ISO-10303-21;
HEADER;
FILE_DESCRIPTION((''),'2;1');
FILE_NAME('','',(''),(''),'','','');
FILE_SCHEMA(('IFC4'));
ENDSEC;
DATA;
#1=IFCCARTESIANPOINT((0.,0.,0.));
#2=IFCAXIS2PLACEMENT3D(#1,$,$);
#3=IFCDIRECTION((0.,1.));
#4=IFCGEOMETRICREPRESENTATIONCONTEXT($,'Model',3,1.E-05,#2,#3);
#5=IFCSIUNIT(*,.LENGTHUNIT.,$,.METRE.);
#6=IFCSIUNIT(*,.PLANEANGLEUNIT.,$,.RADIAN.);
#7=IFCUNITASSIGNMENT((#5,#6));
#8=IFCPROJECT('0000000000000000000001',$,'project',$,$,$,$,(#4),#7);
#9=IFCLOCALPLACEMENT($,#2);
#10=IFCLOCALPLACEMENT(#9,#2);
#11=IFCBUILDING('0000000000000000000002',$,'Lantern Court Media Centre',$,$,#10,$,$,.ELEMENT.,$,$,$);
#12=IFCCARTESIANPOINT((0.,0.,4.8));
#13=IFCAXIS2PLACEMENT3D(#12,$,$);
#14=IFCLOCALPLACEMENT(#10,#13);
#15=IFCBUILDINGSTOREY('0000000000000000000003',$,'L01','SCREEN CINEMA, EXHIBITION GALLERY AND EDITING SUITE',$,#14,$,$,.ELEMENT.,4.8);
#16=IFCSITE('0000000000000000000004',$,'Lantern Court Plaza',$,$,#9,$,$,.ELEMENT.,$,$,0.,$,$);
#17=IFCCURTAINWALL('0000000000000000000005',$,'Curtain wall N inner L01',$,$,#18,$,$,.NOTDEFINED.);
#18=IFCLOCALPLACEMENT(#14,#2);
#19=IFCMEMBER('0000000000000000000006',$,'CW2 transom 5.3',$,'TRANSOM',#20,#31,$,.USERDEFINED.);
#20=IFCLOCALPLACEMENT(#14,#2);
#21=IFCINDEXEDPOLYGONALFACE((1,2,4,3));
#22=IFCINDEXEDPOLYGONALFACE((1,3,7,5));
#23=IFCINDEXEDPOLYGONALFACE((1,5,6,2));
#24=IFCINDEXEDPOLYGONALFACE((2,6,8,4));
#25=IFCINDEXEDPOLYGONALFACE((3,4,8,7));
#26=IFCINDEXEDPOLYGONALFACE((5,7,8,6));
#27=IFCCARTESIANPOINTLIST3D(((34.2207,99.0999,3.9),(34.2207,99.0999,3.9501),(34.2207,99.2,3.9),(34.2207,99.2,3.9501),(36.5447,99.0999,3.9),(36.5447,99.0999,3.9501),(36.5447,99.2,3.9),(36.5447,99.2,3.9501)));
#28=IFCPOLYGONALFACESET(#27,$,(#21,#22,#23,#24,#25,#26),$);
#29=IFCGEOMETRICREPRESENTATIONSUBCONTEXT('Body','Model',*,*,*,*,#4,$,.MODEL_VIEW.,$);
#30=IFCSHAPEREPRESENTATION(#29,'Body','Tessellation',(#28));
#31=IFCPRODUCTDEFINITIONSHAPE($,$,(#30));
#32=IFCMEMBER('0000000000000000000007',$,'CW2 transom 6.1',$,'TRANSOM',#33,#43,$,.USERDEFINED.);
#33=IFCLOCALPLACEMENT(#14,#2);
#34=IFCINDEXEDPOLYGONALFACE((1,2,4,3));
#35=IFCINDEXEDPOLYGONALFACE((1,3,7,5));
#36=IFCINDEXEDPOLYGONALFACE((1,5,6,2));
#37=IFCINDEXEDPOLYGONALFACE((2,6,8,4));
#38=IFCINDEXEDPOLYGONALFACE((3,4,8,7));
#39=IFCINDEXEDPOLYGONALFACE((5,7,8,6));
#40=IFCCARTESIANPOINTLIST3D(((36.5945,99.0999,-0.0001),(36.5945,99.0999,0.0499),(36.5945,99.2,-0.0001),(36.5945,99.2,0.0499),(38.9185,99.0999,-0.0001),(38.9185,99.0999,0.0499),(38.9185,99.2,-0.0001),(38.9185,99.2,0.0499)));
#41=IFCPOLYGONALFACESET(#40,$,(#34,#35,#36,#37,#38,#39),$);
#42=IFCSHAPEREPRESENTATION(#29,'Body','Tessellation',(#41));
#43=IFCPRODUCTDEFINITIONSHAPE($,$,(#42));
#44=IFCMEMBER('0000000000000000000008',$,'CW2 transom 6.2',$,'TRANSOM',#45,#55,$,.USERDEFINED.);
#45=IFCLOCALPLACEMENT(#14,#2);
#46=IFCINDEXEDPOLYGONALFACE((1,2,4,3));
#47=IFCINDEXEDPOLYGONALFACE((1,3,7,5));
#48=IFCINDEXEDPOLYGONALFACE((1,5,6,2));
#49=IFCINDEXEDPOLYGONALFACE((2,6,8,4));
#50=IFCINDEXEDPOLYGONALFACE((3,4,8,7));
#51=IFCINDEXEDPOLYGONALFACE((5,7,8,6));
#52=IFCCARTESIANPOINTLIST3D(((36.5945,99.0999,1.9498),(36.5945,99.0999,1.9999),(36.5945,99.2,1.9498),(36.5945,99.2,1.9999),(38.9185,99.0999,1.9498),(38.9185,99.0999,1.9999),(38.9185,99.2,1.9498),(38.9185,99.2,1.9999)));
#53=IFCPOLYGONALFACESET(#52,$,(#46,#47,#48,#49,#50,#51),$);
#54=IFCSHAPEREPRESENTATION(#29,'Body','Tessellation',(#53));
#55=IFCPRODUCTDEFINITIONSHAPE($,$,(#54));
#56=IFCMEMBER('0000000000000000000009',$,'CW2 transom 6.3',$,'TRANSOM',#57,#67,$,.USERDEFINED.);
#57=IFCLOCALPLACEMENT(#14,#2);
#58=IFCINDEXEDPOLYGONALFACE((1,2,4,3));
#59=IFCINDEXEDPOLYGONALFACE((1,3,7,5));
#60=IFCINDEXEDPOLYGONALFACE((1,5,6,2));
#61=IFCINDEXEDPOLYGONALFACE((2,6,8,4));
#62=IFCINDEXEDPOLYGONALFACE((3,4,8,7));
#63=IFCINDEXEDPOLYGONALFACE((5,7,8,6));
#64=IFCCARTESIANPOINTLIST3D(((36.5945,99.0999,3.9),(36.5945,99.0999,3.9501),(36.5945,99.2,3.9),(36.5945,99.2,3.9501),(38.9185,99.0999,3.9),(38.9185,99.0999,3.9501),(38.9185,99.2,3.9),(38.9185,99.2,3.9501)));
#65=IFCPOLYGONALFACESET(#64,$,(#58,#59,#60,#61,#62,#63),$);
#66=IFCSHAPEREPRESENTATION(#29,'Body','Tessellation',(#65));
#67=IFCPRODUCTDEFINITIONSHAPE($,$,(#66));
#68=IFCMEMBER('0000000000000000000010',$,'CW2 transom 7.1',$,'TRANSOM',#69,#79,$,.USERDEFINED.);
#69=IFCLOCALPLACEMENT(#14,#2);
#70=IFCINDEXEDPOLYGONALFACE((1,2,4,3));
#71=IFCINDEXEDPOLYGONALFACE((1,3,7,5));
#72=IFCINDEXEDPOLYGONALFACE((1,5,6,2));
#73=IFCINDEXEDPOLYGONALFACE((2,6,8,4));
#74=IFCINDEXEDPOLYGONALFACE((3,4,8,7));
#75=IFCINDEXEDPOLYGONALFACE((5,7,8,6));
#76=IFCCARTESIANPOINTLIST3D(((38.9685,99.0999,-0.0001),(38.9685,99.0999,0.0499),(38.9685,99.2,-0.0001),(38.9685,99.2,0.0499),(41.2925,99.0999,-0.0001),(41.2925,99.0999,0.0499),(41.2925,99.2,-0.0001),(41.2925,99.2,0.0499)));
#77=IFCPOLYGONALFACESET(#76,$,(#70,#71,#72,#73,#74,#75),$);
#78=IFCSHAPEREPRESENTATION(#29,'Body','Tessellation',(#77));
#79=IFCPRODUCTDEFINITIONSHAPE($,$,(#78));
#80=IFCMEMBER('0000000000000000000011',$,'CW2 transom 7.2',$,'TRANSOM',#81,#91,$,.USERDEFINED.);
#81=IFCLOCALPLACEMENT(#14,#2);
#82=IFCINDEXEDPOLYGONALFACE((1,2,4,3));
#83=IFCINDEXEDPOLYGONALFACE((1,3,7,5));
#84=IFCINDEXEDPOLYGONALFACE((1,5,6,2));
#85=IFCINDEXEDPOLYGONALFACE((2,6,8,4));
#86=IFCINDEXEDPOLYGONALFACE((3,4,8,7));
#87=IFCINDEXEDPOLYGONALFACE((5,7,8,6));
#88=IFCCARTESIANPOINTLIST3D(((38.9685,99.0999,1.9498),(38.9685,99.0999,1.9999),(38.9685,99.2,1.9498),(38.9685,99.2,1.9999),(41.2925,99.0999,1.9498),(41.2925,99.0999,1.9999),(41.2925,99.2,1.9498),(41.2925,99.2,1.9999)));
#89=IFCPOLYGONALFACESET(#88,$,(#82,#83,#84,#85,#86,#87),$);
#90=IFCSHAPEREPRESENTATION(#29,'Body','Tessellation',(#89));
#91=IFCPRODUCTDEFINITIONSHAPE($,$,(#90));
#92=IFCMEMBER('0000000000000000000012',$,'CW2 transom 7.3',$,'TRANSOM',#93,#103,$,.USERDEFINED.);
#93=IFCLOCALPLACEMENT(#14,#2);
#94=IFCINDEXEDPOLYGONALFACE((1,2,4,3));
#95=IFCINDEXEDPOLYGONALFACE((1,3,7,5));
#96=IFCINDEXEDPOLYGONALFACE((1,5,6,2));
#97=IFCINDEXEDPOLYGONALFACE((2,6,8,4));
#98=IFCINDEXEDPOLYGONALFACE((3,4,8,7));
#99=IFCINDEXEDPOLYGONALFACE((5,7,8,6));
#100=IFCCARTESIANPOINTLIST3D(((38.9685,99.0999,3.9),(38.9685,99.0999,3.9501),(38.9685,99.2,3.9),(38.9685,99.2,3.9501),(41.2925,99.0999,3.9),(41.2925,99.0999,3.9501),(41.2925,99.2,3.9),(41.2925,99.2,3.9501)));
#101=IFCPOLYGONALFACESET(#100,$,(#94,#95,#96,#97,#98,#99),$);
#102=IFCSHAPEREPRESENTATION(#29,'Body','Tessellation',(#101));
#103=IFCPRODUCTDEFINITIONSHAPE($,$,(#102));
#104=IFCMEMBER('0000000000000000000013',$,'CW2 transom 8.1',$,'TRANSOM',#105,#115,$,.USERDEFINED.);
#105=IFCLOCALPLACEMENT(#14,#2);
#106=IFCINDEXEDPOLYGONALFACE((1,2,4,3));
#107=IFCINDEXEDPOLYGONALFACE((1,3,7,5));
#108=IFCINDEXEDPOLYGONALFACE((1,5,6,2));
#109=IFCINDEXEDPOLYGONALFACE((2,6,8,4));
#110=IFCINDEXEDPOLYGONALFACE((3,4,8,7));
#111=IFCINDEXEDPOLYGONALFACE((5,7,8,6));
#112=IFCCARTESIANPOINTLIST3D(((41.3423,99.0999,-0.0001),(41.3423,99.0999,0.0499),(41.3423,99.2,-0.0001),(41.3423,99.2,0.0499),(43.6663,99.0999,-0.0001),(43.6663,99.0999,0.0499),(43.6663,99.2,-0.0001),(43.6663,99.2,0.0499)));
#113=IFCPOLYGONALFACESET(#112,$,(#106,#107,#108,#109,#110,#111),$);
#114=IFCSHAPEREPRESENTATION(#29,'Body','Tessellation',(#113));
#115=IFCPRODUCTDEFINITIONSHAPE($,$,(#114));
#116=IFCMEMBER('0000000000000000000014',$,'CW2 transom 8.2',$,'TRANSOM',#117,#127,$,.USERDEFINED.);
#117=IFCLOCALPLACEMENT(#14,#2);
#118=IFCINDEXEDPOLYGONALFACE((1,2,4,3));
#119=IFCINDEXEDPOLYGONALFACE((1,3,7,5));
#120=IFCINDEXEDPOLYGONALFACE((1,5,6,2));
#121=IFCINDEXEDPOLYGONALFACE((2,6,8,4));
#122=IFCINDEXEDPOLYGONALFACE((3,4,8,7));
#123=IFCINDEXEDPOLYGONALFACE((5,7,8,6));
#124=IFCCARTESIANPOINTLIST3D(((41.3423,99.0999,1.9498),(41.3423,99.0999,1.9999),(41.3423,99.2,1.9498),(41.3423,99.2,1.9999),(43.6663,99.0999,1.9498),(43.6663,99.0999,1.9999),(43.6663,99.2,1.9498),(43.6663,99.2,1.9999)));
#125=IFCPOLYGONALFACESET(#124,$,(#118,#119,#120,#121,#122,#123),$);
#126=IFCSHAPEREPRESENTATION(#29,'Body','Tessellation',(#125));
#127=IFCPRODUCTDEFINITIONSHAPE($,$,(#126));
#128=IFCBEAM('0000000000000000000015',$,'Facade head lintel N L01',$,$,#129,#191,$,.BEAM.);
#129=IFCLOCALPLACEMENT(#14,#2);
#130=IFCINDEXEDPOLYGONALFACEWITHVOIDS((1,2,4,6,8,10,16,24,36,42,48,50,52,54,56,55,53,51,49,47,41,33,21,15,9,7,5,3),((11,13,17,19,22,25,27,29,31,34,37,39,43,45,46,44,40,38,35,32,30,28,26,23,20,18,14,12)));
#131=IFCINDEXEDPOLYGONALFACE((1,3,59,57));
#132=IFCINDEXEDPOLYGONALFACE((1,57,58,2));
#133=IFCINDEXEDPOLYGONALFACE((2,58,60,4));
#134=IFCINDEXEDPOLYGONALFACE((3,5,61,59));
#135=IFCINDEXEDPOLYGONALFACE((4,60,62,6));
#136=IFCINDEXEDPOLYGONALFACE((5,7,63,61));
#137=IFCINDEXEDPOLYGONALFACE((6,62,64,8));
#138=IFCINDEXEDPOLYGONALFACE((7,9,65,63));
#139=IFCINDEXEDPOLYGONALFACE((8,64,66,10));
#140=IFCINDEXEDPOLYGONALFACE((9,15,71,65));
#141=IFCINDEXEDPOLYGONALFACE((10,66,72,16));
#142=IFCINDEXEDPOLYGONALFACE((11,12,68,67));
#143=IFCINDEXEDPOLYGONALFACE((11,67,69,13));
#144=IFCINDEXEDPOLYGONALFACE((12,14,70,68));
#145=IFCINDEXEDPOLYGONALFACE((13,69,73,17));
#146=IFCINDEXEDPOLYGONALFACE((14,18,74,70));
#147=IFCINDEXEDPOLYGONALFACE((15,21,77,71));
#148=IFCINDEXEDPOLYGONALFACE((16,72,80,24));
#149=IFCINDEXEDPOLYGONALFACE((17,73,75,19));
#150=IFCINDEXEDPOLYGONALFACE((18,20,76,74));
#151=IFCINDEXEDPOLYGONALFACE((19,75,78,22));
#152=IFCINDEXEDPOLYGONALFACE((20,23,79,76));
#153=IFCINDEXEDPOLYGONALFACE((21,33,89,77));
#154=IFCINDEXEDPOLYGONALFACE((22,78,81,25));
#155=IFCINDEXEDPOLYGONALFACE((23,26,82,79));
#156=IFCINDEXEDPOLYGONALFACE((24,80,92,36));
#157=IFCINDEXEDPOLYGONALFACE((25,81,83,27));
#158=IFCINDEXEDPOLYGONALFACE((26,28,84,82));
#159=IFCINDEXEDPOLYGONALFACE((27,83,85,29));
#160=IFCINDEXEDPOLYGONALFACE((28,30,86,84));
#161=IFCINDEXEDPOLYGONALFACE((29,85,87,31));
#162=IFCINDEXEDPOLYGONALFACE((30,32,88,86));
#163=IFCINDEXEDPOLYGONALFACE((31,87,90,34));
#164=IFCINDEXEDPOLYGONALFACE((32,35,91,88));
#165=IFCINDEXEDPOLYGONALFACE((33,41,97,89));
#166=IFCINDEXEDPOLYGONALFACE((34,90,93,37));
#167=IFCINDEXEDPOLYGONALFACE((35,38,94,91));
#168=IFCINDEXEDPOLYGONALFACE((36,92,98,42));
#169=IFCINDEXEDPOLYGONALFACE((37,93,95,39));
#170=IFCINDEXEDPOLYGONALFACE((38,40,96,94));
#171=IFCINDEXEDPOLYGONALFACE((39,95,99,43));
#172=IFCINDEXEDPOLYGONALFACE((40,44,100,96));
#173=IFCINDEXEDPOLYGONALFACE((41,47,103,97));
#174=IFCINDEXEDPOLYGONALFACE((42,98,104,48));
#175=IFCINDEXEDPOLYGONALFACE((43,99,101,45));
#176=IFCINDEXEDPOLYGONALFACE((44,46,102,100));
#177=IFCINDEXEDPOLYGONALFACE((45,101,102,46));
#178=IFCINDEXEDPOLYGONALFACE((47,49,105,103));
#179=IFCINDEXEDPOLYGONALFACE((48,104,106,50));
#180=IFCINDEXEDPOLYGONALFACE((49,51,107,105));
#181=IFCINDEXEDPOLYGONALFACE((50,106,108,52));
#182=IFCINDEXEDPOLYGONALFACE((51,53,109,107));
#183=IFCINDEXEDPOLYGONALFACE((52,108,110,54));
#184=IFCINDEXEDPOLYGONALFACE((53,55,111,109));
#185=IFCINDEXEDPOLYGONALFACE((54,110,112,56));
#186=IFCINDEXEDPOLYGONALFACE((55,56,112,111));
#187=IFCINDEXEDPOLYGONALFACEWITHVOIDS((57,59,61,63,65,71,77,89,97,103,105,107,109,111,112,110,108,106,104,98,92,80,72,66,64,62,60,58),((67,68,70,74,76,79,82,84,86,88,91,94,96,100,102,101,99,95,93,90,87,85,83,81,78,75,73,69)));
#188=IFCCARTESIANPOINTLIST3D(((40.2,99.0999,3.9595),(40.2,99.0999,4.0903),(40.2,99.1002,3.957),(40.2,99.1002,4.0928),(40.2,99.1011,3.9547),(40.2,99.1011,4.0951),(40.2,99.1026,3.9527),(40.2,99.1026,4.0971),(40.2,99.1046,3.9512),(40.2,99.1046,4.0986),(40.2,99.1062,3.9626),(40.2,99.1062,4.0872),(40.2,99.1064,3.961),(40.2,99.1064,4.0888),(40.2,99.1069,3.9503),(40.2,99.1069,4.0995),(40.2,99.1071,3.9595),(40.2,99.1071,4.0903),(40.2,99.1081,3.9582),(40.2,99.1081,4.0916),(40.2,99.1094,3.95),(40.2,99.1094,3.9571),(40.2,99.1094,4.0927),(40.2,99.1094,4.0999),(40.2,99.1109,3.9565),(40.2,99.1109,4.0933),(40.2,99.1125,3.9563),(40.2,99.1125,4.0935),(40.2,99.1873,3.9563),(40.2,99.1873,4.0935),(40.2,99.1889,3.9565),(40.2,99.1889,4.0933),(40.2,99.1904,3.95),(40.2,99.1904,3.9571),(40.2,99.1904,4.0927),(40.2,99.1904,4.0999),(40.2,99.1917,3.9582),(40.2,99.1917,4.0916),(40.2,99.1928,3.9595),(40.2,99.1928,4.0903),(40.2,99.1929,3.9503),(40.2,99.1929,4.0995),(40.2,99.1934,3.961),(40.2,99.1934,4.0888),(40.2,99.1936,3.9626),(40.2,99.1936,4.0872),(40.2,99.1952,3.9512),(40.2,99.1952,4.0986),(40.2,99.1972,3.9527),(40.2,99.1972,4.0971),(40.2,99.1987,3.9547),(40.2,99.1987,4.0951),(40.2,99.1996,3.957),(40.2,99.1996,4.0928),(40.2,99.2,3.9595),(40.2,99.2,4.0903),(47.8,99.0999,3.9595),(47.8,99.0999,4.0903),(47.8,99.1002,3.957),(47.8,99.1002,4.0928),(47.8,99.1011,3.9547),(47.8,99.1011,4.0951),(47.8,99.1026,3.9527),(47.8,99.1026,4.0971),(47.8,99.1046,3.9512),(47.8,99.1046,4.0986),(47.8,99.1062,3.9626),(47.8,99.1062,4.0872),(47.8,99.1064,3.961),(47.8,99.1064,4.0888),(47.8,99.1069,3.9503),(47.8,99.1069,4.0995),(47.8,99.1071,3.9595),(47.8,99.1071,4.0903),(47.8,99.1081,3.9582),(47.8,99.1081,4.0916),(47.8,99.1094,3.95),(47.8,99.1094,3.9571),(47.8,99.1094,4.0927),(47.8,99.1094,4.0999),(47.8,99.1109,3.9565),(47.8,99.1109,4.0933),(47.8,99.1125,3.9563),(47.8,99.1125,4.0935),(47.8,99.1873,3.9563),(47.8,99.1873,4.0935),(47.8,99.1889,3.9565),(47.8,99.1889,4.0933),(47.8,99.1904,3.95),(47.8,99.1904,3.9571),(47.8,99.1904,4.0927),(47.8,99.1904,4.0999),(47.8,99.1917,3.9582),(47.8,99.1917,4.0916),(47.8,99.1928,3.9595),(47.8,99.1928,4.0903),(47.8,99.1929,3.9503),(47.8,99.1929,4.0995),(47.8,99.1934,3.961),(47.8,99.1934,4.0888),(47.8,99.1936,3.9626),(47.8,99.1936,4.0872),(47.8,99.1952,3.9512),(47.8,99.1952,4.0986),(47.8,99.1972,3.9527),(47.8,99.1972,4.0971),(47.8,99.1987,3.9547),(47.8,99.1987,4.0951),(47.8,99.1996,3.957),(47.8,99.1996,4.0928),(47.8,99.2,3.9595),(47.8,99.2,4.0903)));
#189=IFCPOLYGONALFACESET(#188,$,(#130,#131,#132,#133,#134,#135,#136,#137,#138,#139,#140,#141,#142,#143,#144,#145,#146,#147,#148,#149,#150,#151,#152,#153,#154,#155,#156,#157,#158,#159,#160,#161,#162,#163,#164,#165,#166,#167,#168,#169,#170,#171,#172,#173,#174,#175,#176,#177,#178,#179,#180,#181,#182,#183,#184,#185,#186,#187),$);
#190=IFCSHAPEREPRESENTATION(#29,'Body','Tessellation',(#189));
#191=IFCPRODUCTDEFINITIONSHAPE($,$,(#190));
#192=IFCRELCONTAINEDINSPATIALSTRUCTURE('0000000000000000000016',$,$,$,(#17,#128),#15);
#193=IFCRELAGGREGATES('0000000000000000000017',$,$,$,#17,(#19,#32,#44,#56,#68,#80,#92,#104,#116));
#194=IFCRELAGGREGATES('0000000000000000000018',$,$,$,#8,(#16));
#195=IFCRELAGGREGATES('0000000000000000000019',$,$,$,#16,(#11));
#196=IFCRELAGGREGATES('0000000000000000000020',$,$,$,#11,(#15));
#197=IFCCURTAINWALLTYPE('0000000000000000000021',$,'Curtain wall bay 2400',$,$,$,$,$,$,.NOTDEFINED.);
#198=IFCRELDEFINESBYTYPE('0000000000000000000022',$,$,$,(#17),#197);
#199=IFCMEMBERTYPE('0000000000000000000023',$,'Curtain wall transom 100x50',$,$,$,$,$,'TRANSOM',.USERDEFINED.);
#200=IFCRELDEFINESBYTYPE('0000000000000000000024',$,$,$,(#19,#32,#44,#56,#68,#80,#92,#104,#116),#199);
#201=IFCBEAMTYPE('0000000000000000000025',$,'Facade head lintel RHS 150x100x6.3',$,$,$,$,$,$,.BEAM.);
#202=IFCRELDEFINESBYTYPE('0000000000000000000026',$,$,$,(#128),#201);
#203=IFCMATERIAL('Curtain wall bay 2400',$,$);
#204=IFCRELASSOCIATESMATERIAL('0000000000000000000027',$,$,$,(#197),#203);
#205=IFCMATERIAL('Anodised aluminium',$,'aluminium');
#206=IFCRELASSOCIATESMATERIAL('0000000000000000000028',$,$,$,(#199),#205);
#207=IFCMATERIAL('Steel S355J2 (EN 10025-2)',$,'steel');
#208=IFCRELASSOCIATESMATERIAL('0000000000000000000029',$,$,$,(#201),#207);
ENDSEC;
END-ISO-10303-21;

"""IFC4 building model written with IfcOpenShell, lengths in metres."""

from ifc_helpers import new_model, si_unit, direction, frame, origin, origin_2d, place, context, subcontext, project, spatial, rectangle, hollow_rectangle, extrude, material, material_profile, profile_set, type_object, element, aggregate, save


model = new_model("IFC4")

# Units and contexts
model_context = context("Model", 3, precision=1e-05, world=origin(), true_north=direction((0.0, 1.0)))
body_context = subcontext(model_context, "Body", "Model", "MODEL_VIEW")
ifc_project = project(units=[si_unit("LENGTHUNIT", "METRE"), si_unit("PLANEANGLEUNIT", "RADIAN")], contexts=[model_context])

# Site, building, storey
site_placement = place(None, origin())
site = spatial("IfcSite", under=ifc_project, at=site_placement, Name="Lantern Court Plaza", CompositionType="ELEMENT", RefElevation=0.0)
building_placement = place(site_placement, origin())
building = spatial("IfcBuilding", under=site, at=building_placement, Name="Lantern Court Media Centre", CompositionType="ELEMENT")
storey_placement = place(building_placement, frame((0.0, 0.0, 4.8)))
storey = spatial("IfcBuildingStorey", under=building, at=storey_placement, Name="L01", Description="SCREEN CINEMA, EXHIBITION GALLERY AND EDITING SUITE", CompositionType="ELEMENT", Elevation=4.8)

# Curtain wall, members
ifc_material_1 = material(Name="Curtain wall bay 2400")
curtain_wall_type = type_object("IfcCurtainWallType", Name="Curtain wall bay 2400", PredefinedType="NOTDEFINED", material=ifc_material_1)
curtain_wall_placement = place(storey_placement, origin())
curtain_wall = element("IfcCurtainWall", 1, at=curtain_wall_placement, inside=storey, type_object=curtain_wall_type, Name="Curtain wall N inner L01", PredefinedType="NOTDEFINED")
ifc_material_2 = material(Name="Anodised aluminium", Category="aluminium")
ifc_material_profile_1 = material_profile(ifc_material_2, rectangle(XDim=0.1001, YDim=0.05, at=origin_2d()), Name="AL 50x100")
ifc_profile_set_1 = profile_set([ifc_material_profile_1], Name="Anodised aluminium")
member_type = type_object("IfcMemberType", Name="Curtain wall transom 100x50", ElementType="TRANSOM", PredefinedType="USERDEFINED", material=ifc_profile_set_1)
member_1_placement = place(storey_placement, frame((34.2207, 99.1499, 3.925), z_axis=(1.0, 0.0, 0.0), x_axis=(0.0, 1.0, 0.0)))
member_1 = element("IfcMember", 2, at=member_1_placement, type_object=member_type, Name="CW2 transom 5.3", ObjectType="TRANSOM", PredefinedType="USERDEFINED", context=body_context, shape_type="SweptSolid", body=[
    extrude(rectangle(XDim=0.1001, YDim=0.05, at=origin_2d()), origin(), (0.0, 0.0, 1.0), 2.324),
])
member_2_placement = place(storey_placement, frame((36.5945, 99.1499, 0.0249), z_axis=(1.0, 0.0, 0.0), x_axis=(0.0, 1.0, 0.0)))
member_2 = element("IfcMember", 3, at=member_2_placement, type_object=member_type, Name="CW2 transom 6.1", ObjectType="TRANSOM", PredefinedType="USERDEFINED", context=body_context, shape_type="SweptSolid", body=[
    extrude(rectangle(XDim=0.1001, YDim=0.05, at=origin_2d()), origin(), (0.0, 0.0, 1.0), 2.324),
])
member_3_placement = place(storey_placement, frame((36.5945, 99.1499, 1.9749), z_axis=(1.0, 0.0, 0.0), x_axis=(0.0, 1.0, 0.0)))
member_3 = element("IfcMember", 4, at=member_3_placement, type_object=member_type, Name="CW2 transom 6.2", ObjectType="TRANSOM", PredefinedType="USERDEFINED", context=body_context, shape_type="SweptSolid", body=[
    extrude(rectangle(XDim=0.1001, YDim=0.05, at=origin_2d()), origin(), (0.0, 0.0, 1.0), 2.324),
])
member_4_placement = place(storey_placement, frame((36.5945, 99.1499, 3.925), z_axis=(1.0, 0.0, 0.0), x_axis=(0.0, 1.0, 0.0)))
member_4 = element("IfcMember", 5, at=member_4_placement, type_object=member_type, Name="CW2 transom 6.3", ObjectType="TRANSOM", PredefinedType="USERDEFINED", context=body_context, shape_type="SweptSolid", body=[
    extrude(rectangle(XDim=0.1001, YDim=0.05, at=origin_2d()), origin(), (0.0, 0.0, 1.0), 2.324),
])
member_5_placement = place(storey_placement, frame((38.9685, 99.1499, 0.0249), z_axis=(1.0, 0.0, 0.0), x_axis=(0.0, 1.0, 0.0)))
member_5 = element("IfcMember", 6, at=member_5_placement, type_object=member_type, Name="CW2 transom 7.1", ObjectType="TRANSOM", PredefinedType="USERDEFINED", context=body_context, shape_type="SweptSolid", body=[
    extrude(rectangle(XDim=0.1001, YDim=0.05, at=origin_2d()), origin(), (0.0, 0.0, 1.0), 2.324),
])
member_6_placement = place(storey_placement, frame((38.9685, 99.1499, 1.9749), z_axis=(1.0, 0.0, 0.0), x_axis=(0.0, 1.0, 0.0)))
member_6 = element("IfcMember", 7, at=member_6_placement, type_object=member_type, Name="CW2 transom 7.2", ObjectType="TRANSOM", PredefinedType="USERDEFINED", context=body_context, shape_type="SweptSolid", body=[
    extrude(rectangle(XDim=0.1001, YDim=0.05, at=origin_2d()), origin(), (0.0, 0.0, 1.0), 2.324),
])
member_7_placement = place(storey_placement, frame((38.9685, 99.1499, 3.925), z_axis=(1.0, 0.0, 0.0), x_axis=(0.0, 1.0, 0.0)))
member_7 = element("IfcMember", 8, at=member_7_placement, type_object=member_type, Name="CW2 transom 7.3", ObjectType="TRANSOM", PredefinedType="USERDEFINED", context=body_context, shape_type="SweptSolid", body=[
    extrude(rectangle(XDim=0.1001, YDim=0.05, at=origin_2d()), origin(), (0.0, 0.0, 1.0), 2.324),
])
member_8_placement = place(storey_placement, frame((41.3423, 99.1499, 0.0249), z_axis=(1.0, 0.0, 0.0), x_axis=(0.0, 1.0, 0.0)))
member_8 = element("IfcMember", 9, at=member_8_placement, type_object=member_type, Name="CW2 transom 8.1", ObjectType="TRANSOM", PredefinedType="USERDEFINED", context=body_context, shape_type="SweptSolid", body=[
    extrude(rectangle(XDim=0.1001, YDim=0.05, at=origin_2d()), origin(), (0.0, 0.0, 1.0), 2.324),
])
member_9_placement = place(storey_placement, frame((41.3423, 99.1499, 1.9749), z_axis=(1.0, 0.0, 0.0), x_axis=(0.0, 1.0, 0.0)))
member_9 = element("IfcMember", 10, at=member_9_placement, type_object=member_type, Name="CW2 transom 8.2", ObjectType="TRANSOM", PredefinedType="USERDEFINED", context=body_context, shape_type="SweptSolid", body=[
    extrude(rectangle(XDim=0.1001, YDim=0.05, at=origin_2d()), origin(), (0.0, 0.0, 1.0), 2.324),
])

# Beam
ifc_material_3 = material(Name="Steel S355J2 (EN 10025-2)", Category="steel")
ifc_material_profile_2 = material_profile(ifc_material_3, hollow_rectangle(XDim=0.1001, YDim=0.1499, WallThickness=0.0063, InnerFilletRadius=0.0063, OuterFilletRadius=0.0095, at=origin_2d()), Name="Facade head lintel RHS 150x100x6.3")
ifc_profile_set_2 = profile_set([ifc_material_profile_2], Name="Steel S355J2 (EN 10025-2)")
beam_type = type_object("IfcBeamType", Name="Facade head lintel RHS 150x100x6.3", PredefinedType="BEAM", material=ifc_profile_set_2)
beam_placement = place(storey_placement, frame((40.2, 99.1499, 4.0249), z_axis=(1.0, 0.0, 0.0), x_axis=(0.0, 1.0, 0.0)))
element("IfcBeam", 11, at=beam_placement, inside=storey, type_object=beam_type, Name="Facade head lintel N L01", PredefinedType="BEAM", context=body_context, shape_type="SweptSolid", body=[
    extrude(hollow_rectangle(XDim=0.1001, YDim=0.1499, WallThickness=0.0063, InnerFilletRadius=0.0063, OuterFilletRadius=0.0095, at=origin_2d()), origin(), (0.0, 0.0, 1.0), 7.6001),
])

aggregate(curtain_wall, [member_1, member_2, member_3, member_4, member_5, member_6, member_7, member_8, member_9])

save(model, "model.ifc")
